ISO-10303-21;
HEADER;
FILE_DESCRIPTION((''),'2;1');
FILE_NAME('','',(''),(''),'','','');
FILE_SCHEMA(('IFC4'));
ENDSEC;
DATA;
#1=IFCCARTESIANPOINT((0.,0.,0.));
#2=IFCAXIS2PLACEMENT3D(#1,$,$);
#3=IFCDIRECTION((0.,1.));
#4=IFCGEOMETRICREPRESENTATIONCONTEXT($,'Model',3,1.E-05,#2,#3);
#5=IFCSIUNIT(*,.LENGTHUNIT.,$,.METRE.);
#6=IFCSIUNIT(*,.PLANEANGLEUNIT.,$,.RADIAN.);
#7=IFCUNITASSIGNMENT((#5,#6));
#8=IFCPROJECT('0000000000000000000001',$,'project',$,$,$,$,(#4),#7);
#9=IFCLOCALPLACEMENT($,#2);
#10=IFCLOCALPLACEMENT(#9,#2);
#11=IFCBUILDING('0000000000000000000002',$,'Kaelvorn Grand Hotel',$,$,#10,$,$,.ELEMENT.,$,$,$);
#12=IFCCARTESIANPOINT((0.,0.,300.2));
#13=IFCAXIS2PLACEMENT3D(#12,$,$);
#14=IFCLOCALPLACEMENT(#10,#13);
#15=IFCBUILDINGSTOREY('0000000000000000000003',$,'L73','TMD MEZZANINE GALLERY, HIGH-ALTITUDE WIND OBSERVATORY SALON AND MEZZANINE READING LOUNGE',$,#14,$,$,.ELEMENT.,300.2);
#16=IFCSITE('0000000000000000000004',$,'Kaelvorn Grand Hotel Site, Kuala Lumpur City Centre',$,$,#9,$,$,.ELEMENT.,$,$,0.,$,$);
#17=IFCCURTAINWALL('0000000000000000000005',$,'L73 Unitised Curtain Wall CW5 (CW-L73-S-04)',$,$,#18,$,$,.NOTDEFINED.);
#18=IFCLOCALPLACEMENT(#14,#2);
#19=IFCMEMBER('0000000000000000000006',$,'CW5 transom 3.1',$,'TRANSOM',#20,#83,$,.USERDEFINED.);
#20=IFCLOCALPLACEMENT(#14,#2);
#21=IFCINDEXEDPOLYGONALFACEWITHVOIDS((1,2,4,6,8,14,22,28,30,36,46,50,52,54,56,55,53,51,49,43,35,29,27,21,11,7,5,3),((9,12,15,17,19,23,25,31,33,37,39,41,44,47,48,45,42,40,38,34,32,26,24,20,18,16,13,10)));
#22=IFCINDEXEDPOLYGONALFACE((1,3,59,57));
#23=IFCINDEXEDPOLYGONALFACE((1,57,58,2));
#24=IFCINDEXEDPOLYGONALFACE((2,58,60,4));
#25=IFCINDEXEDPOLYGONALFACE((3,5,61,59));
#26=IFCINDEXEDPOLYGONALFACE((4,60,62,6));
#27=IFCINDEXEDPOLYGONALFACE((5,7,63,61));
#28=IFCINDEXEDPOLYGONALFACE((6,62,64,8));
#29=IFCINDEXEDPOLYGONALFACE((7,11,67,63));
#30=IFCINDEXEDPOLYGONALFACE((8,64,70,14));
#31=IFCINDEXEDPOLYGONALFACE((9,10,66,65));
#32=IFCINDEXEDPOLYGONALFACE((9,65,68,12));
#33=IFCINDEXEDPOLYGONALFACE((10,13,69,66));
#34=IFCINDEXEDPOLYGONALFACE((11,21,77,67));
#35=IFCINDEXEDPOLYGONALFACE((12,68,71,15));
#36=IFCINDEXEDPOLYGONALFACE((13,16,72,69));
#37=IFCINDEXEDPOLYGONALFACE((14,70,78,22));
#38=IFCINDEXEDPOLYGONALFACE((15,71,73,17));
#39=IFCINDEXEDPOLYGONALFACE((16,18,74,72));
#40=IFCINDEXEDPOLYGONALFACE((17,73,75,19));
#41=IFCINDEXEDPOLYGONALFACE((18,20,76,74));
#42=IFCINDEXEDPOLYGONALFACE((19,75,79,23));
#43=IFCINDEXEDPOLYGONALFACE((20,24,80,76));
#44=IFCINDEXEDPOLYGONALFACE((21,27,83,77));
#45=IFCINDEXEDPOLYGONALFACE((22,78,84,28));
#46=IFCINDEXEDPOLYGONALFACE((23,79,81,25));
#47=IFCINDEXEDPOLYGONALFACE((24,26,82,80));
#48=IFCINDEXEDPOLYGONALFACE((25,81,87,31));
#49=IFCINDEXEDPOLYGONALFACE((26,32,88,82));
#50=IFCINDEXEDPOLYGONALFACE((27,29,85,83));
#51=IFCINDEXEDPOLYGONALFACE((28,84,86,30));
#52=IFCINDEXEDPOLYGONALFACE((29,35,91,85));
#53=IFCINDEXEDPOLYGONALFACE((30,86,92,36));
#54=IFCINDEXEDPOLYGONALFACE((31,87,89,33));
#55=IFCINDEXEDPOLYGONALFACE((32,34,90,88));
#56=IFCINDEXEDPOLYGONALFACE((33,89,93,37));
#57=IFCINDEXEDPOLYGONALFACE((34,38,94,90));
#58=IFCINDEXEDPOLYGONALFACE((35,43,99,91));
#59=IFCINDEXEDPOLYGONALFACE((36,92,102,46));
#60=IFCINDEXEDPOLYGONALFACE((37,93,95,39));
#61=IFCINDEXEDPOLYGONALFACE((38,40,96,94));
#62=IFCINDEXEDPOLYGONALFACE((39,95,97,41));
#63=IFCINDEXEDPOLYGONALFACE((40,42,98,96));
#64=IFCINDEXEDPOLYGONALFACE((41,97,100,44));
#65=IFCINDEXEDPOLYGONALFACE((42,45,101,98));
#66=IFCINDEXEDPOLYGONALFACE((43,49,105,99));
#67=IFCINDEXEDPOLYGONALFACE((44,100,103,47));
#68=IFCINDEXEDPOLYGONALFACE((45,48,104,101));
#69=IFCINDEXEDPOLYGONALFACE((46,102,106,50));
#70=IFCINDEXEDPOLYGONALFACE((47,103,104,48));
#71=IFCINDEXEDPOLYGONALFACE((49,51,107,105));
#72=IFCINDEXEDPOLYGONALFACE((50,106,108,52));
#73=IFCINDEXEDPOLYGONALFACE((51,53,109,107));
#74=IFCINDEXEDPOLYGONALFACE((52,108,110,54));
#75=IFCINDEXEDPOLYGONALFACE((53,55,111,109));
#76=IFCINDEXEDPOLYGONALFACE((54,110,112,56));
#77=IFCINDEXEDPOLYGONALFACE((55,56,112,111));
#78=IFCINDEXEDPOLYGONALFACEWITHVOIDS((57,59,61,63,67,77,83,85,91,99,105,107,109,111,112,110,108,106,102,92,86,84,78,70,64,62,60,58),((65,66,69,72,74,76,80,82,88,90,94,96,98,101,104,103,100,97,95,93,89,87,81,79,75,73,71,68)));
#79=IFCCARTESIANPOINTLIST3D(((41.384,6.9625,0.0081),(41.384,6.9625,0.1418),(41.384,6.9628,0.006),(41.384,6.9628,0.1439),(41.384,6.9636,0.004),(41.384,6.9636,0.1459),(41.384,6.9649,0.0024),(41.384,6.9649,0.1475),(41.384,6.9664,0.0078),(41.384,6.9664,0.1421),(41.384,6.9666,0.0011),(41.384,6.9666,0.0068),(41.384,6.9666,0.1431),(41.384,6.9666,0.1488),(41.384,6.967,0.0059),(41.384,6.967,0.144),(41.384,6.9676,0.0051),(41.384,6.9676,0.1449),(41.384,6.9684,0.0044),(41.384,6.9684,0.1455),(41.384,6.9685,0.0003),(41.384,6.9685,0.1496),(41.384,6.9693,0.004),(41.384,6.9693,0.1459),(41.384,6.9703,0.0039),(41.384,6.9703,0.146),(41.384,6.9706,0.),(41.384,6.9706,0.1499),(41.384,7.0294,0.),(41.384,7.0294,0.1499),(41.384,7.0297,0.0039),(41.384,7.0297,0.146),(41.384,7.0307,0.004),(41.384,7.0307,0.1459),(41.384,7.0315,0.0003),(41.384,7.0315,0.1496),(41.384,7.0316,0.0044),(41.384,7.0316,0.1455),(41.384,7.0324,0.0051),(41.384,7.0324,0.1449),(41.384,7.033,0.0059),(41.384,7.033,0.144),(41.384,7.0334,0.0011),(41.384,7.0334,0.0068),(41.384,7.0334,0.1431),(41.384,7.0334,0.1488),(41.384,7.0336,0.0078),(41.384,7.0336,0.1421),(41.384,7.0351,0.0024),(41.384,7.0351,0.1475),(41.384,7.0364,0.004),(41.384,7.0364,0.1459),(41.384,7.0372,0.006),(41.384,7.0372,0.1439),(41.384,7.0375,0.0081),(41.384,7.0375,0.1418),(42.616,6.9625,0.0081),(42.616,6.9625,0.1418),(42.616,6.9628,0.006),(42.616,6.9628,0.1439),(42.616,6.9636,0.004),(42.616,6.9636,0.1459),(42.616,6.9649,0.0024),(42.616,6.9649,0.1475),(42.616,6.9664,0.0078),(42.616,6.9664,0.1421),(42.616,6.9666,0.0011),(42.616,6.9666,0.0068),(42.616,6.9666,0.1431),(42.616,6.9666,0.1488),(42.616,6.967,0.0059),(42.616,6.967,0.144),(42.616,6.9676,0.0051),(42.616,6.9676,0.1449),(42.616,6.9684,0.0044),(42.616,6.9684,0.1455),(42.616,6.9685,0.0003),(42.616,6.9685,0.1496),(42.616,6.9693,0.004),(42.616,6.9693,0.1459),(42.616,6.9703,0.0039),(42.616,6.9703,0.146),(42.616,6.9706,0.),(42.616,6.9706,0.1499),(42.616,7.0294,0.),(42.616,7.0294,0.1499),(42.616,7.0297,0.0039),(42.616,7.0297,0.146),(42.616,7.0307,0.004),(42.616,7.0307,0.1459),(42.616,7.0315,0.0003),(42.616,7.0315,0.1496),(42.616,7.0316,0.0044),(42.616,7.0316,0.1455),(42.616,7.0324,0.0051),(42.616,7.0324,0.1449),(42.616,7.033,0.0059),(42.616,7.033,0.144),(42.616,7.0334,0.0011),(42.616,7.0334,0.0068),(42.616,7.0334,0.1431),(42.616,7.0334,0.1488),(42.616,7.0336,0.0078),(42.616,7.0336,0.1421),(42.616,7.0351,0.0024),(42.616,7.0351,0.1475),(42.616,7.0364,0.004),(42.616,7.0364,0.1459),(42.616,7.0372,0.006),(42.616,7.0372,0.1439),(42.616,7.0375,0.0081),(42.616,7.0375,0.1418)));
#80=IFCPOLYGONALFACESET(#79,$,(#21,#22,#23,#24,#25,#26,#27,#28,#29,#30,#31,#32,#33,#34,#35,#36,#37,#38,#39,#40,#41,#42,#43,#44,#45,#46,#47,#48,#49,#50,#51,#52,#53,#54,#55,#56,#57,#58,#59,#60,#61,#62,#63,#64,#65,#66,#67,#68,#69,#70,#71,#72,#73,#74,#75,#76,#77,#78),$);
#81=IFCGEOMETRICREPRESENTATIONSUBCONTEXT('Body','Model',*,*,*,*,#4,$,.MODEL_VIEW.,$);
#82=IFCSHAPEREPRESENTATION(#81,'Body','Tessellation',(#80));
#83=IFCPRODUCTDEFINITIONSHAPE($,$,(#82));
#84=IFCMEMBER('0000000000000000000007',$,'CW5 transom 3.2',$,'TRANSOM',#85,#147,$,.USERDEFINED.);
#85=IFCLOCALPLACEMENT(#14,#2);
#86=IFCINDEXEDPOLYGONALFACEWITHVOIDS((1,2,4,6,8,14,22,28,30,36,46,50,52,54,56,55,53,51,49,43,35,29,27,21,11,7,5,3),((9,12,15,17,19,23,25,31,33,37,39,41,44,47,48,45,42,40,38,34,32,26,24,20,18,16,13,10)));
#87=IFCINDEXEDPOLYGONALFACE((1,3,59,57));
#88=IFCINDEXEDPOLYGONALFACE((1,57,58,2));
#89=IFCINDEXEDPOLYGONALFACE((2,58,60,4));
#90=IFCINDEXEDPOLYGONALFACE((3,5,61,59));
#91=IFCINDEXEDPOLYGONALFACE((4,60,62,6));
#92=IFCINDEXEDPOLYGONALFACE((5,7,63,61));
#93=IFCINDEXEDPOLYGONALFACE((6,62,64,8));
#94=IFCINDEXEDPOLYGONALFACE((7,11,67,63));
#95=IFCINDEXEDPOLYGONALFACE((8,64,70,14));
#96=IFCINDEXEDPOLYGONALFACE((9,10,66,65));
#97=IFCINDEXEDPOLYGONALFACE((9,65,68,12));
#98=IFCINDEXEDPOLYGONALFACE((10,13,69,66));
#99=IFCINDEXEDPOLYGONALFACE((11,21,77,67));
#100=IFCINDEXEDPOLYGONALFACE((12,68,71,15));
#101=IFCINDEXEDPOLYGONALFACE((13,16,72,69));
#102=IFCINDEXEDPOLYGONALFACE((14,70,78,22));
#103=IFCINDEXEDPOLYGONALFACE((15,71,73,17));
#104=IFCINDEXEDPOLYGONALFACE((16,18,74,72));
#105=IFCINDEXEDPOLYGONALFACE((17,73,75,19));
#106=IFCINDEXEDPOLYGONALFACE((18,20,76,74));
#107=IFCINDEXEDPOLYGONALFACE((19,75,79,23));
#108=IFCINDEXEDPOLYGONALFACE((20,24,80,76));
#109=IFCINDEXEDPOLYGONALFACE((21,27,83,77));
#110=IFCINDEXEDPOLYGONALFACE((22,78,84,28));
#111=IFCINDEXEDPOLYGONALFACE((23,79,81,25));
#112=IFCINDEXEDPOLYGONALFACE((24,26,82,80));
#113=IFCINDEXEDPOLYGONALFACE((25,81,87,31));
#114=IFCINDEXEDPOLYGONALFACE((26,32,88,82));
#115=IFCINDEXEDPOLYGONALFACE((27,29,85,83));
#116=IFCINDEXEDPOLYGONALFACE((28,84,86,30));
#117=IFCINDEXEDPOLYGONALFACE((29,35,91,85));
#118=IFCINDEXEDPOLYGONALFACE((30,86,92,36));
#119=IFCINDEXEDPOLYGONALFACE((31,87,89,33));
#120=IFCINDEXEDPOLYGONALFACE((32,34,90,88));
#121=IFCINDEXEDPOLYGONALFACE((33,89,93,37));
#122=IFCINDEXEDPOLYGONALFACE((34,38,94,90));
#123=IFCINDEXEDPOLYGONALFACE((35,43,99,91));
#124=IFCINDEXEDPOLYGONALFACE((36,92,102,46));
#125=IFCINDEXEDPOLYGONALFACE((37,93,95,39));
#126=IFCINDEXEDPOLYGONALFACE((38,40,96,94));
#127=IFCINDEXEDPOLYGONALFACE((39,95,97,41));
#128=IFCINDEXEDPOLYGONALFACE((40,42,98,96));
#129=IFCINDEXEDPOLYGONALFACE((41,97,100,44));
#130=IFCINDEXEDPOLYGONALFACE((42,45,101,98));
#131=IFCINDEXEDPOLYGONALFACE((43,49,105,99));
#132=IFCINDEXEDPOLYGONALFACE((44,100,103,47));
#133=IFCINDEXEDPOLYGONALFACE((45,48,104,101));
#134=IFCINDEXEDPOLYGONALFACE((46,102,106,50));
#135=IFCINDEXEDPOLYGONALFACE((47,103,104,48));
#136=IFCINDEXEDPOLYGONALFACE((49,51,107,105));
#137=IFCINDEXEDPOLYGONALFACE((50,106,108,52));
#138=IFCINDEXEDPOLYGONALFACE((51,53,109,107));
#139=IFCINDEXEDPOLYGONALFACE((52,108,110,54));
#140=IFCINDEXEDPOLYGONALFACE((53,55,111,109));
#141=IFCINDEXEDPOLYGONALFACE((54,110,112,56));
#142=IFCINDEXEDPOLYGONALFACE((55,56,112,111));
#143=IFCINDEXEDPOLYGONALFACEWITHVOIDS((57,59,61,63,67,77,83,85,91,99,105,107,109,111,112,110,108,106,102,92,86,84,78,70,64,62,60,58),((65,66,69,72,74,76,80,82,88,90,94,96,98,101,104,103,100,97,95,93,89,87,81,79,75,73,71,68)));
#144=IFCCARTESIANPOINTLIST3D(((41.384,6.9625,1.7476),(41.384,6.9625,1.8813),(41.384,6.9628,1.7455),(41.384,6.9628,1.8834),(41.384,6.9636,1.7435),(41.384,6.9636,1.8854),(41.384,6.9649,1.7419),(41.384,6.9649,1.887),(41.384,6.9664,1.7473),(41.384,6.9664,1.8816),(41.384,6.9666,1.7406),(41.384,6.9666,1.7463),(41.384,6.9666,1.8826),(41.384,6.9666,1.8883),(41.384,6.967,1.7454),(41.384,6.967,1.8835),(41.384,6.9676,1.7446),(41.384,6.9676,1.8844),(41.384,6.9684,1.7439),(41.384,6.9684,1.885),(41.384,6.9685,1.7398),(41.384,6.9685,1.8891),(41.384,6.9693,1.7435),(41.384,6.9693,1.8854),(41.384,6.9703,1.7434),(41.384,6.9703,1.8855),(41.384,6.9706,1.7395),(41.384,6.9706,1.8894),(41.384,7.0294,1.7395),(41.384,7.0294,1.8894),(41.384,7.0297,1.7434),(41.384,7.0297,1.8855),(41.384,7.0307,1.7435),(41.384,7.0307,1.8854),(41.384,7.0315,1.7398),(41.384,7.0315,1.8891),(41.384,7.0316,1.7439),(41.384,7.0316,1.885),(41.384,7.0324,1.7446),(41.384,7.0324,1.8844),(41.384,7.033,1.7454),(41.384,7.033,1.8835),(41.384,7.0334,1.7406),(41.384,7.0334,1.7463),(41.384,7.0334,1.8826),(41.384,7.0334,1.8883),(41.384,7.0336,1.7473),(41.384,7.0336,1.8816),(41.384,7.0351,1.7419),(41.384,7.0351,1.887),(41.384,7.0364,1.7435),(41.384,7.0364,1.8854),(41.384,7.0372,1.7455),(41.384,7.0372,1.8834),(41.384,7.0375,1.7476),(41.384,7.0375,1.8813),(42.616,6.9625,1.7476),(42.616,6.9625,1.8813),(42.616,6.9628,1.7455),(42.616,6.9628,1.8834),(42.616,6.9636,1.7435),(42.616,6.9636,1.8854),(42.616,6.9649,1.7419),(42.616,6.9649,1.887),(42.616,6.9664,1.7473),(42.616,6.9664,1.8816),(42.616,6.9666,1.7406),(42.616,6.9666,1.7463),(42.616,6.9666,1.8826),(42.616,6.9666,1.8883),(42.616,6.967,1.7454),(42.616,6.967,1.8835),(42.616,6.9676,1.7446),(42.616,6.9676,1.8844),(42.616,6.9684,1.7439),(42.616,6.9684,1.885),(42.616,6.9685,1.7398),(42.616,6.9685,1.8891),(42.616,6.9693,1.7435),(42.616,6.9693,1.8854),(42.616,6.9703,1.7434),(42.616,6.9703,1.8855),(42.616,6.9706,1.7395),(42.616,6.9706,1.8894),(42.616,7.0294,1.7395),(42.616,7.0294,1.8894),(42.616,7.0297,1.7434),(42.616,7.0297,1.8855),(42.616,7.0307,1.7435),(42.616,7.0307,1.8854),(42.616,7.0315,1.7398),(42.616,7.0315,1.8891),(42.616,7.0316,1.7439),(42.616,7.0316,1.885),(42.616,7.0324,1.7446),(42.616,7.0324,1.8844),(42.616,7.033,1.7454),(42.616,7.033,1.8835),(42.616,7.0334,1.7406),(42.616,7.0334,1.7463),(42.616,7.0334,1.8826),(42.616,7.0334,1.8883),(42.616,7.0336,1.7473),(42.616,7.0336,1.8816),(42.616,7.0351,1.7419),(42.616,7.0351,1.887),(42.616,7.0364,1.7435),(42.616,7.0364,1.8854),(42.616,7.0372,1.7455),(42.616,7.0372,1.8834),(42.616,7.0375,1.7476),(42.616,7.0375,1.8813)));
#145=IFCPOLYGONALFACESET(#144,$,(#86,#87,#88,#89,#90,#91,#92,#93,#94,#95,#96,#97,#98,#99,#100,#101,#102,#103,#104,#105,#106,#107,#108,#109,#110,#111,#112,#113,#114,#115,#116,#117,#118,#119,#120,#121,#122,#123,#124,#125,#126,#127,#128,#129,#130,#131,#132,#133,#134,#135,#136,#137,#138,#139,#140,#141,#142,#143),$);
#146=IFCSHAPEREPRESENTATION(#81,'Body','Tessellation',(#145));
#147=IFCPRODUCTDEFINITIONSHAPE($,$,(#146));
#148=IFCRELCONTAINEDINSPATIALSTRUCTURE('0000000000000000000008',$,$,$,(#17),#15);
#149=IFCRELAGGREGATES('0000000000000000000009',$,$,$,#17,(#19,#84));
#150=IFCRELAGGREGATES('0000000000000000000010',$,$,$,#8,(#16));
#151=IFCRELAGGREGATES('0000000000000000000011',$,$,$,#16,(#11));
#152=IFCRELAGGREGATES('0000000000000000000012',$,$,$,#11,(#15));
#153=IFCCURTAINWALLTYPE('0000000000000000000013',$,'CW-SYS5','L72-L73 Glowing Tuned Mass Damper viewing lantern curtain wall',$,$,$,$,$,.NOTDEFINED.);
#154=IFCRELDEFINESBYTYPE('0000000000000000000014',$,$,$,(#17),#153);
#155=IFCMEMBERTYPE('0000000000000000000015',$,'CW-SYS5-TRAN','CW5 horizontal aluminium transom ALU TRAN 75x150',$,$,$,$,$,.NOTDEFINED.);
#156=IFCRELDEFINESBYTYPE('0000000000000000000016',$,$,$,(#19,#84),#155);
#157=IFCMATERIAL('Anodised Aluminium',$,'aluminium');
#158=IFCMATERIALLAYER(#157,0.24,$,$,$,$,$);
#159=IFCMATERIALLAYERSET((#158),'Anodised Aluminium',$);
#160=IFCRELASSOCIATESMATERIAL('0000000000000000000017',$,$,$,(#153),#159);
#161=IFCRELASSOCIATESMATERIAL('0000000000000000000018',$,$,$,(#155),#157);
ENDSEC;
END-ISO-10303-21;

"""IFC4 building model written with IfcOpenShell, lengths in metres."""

from ifc_helpers import new_model, si_unit, direction, frame, origin, origin_2d, place, context, subcontext, project, spatial, hollow_rectangle, extrude, material, layer, layer_set, material_profile, profile_set, type_object, element, aggregate, save


model = new_model("IFC4")

# Units and contexts
model_context = context("Model", 3, precision=1e-05, world=origin(), true_north=direction((0.0, 1.0)))
body_context = subcontext(model_context, "Body", "Model", "MODEL_VIEW")
ifc_project = project(units=[si_unit("LENGTHUNIT", "METRE"), si_unit("PLANEANGLEUNIT", "RADIAN")], contexts=[model_context])

# Site, building, storey
site_placement = place(None, origin())
site = spatial("IfcSite", under=ifc_project, at=site_placement, Name="Kaelvorn Grand Hotel Site, Kuala Lumpur City Centre", CompositionType="ELEMENT", RefElevation=0.0)
building_placement = place(site_placement, origin())
building = spatial("IfcBuilding", under=site, at=building_placement, Name="Kaelvorn Grand Hotel", CompositionType="ELEMENT")
storey_placement = place(building_placement, frame((0.0, 0.0, 300.2)))
storey = spatial("IfcBuildingStorey", under=building, at=storey_placement, Name="L73", Description="TMD MEZZANINE GALLERY, HIGH-ALTITUDE WIND OBSERVATORY SALON AND MEZZANINE READING LOUNGE", CompositionType="ELEMENT", Elevation=300.2)

# Curtain wall, members
ifc_material_1 = material(Name="Anodised Aluminium", Category="aluminium")
ifc_layer_1 = layer(ifc_material_1, 0.24)
ifc_layer_set_1 = layer_set([ifc_layer_1], Name="Anodised Aluminium")
curtain_wall_type = type_object("IfcCurtainWallType", Name="CW-SYS5", Description="L72-L73 Glowing Tuned Mass Damper viewing lantern curtain wall", PredefinedType="NOTDEFINED", material=ifc_layer_set_1)
curtain_wall_placement = place(storey_placement, origin())
curtain_wall = element("IfcCurtainWall", 1, at=curtain_wall_placement, inside=storey, type_object=curtain_wall_type, Name="L73 Unitised Curtain Wall CW5 (CW-L73-S-04)", PredefinedType="NOTDEFINED")
ifc_material_profile_1 = material_profile(ifc_material_1, hollow_rectangle(XDim=0.075, YDim=0.1499, WallThickness=0.0039, InnerFilletRadius=0.0039, OuterFilletRadius=0.0081, at=origin_2d()), Name="ALU TRAN 75x150")
ifc_profile_set_1 = profile_set([ifc_material_profile_1], Name="Anodised Aluminium")
member_type_1 = type_object("IfcMemberType", Name="CW-SYS5-TRAN", Description="CW5 horizontal aluminium transom ALU TRAN 75x150", PredefinedType="NOTDEFINED", material=ifc_profile_set_1)
member_1_placement = place(storey_placement, frame((41.384, 7.0, 0.075), z_axis=(1.0, 0.0, 0.0), x_axis=(0.0, 1.0, 0.0)))
member_1 = element("IfcMember", 2, at=member_1_placement, type_object=member_type_1, Name="CW5 transom 3.1", ObjectType="TRANSOM", PredefinedType="USERDEFINED", context=body_context, shape_type="SweptSolid", body=[
    extrude(hollow_rectangle(XDim=0.075, YDim=0.1499, WallThickness=0.0039, InnerFilletRadius=0.0039, OuterFilletRadius=0.0081, at=origin_2d()), origin(), (0.0, 0.0, 1.0), 1.2319),
])
member_2_placement = place(storey_placement, frame((41.384, 7.0, 1.8145), z_axis=(1.0, 0.0, 0.0), x_axis=(0.0, 1.0, 0.0)))
member_2 = element("IfcMember", 3, at=member_2_placement, type_object=member_type_1, Name="CW5 transom 3.2", ObjectType="TRANSOM", PredefinedType="USERDEFINED", context=body_context, shape_type="SweptSolid", body=[
    extrude(hollow_rectangle(XDim=0.075, YDim=0.1499, WallThickness=0.0039, InnerFilletRadius=0.0039, OuterFilletRadius=0.0081, at=origin_2d()), origin(), (0.0, 0.0, 1.0), 1.2319),
])
aggregate(curtain_wall, [member_1, member_2])

save(model, "model.ifc")
